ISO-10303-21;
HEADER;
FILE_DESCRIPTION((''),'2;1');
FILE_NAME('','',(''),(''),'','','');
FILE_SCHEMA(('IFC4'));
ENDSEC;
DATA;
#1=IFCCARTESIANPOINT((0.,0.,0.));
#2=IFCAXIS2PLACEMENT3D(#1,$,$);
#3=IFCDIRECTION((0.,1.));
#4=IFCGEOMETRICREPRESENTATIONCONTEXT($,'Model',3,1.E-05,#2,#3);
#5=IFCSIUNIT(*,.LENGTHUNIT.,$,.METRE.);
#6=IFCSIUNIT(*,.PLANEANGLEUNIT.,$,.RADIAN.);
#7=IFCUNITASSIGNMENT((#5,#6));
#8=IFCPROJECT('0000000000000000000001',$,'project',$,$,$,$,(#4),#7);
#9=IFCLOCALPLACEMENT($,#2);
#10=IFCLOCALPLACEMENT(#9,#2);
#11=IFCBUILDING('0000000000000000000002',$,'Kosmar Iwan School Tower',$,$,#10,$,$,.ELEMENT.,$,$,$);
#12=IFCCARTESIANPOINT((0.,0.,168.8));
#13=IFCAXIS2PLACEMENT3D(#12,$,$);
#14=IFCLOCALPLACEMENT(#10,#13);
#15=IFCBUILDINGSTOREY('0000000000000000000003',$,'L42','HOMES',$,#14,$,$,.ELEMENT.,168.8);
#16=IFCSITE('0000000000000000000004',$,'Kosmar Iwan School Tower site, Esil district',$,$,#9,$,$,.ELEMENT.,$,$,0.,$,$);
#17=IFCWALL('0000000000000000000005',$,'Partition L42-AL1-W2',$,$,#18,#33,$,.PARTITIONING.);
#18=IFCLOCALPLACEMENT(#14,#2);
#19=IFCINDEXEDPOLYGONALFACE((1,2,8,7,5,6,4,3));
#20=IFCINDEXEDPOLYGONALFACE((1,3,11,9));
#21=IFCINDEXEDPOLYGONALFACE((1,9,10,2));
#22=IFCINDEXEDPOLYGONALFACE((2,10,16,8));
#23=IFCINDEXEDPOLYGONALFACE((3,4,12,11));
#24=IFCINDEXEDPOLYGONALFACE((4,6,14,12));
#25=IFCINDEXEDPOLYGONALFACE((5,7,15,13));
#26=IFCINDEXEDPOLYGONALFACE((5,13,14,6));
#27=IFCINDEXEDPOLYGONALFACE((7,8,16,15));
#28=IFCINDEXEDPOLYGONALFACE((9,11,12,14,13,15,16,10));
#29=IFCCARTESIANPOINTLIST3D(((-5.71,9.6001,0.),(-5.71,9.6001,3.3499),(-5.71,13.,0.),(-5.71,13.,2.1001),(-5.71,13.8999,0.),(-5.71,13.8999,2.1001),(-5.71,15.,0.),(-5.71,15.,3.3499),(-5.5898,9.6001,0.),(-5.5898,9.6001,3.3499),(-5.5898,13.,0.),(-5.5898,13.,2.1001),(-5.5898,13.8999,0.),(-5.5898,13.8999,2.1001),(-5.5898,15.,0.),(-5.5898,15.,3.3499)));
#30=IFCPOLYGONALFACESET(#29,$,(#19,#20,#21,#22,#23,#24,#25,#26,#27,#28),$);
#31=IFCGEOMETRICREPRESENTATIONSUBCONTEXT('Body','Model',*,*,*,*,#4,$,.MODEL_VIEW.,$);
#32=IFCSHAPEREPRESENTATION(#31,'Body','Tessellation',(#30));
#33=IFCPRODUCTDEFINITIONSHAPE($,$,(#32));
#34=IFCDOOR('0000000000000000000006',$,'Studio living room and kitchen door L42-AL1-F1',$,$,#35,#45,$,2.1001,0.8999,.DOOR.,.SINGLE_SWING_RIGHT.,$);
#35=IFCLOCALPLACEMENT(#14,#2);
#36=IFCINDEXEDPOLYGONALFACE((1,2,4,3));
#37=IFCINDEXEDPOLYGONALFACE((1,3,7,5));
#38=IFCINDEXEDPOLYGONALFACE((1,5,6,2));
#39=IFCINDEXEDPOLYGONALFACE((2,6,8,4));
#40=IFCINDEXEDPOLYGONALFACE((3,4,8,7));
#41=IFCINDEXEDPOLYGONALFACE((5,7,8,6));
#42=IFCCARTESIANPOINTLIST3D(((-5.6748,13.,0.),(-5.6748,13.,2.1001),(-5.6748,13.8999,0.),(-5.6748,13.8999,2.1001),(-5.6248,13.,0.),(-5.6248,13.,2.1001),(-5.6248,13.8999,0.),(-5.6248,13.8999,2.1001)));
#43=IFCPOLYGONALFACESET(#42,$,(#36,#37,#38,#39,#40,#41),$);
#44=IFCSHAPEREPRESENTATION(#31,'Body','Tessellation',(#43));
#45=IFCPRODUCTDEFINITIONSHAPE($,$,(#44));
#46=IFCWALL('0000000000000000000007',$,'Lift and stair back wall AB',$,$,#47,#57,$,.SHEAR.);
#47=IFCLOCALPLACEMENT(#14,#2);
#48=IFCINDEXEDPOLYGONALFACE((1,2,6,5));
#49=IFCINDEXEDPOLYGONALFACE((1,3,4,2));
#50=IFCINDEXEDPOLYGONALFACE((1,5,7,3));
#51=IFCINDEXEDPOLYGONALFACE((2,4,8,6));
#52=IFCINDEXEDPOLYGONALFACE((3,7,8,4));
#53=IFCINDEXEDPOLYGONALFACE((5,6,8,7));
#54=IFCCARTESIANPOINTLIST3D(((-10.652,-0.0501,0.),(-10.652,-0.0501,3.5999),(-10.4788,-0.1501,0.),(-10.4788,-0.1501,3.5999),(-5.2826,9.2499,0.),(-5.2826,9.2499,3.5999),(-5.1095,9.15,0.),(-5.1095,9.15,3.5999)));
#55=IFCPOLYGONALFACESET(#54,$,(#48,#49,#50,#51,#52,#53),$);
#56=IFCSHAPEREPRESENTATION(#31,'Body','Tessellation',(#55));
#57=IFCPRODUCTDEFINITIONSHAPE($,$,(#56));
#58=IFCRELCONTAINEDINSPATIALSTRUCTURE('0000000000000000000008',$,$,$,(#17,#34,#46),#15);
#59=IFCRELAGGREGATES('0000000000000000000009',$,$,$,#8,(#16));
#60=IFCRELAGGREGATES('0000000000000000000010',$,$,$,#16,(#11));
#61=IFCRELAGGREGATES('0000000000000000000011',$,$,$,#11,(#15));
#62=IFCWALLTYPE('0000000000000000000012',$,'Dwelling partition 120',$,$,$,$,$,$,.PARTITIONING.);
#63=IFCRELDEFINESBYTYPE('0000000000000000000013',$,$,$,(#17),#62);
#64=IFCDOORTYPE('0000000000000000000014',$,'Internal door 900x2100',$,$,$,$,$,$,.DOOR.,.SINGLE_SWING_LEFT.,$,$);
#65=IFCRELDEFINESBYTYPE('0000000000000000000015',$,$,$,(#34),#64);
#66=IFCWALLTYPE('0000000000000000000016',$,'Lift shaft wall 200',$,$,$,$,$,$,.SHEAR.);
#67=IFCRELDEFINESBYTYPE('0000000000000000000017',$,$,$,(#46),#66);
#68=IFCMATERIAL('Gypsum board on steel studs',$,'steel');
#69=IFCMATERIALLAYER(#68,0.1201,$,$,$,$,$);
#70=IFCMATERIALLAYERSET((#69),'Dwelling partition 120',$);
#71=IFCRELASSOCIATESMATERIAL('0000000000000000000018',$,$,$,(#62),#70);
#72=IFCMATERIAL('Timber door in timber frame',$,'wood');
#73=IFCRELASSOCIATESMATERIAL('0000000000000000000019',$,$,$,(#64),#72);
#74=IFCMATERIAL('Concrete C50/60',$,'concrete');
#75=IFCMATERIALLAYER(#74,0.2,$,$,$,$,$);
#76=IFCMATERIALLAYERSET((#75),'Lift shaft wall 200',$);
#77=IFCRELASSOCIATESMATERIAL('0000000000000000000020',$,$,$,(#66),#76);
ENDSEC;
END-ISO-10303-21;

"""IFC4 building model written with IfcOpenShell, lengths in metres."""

from ifc_helpers import new_model, si_unit, direction, frame, frame_2d, origin, place, context, subcontext, project, spatial, rectangle, extrude, material, layer, layer_set, type_object, element, fill, save


model = new_model("IFC4")

# Units and contexts
model_context = context("Model", 3, precision=1e-05, world=origin(), true_north=direction((0.0, 1.0)))
body_context = subcontext(model_context, "Body", "Model", "MODEL_VIEW")
ifc_project = project(units=[si_unit("LENGTHUNIT", "METRE"), si_unit("PLANEANGLEUNIT", "RADIAN")], contexts=[model_context])

# Site, building, storey
site_placement = place(None, origin())
site = spatial("IfcSite", under=ifc_project, at=site_placement, Name="Kosmar Iwan School Tower site, Esil district", CompositionType="ELEMENT", RefElevation=0.0)
building_placement = place(site_placement, origin())
building = spatial("IfcBuilding", under=site, at=building_placement, Name="Kosmar Iwan School Tower", CompositionType="ELEMENT")
storey_placement = place(building_placement, frame((0.0, 0.0, 168.8)))
storey = spatial("IfcBuildingStorey", under=building, at=storey_placement, Name="L42", Description="HOMES", CompositionType="ELEMENT", Elevation=168.8)

# Shared definitions
ifc_material_1 = material(Name="Gypsum board on steel studs", Category="steel")
ifc_layer_1 = layer(ifc_material_1, 0.1201)
ifc_layer_set_1 = layer_set([ifc_layer_1], Name="Dwelling partition 120")
wall_type_1 = type_object("IfcWallType", Name="Dwelling partition 120", PredefinedType="PARTITIONING", material=ifc_layer_set_1)
ifc_material_2 = material(Name="Timber door in timber frame", Category="wood")
door_type_1 = type_object("IfcDoorType", Name="Internal door 900x2100", OperationType="SINGLE_SWING_LEFT", PredefinedType="DOOR", material=ifc_material_2)

# Wall, opening, door
wall_1_placement = place(storey_placement, frame((-5.6499, 9.6001, 0.0), z_axis=(0.0, 0.0, 1.0), x_axis=(0.0, 1.0, 0.0)))
wall_1 = element("IfcWall", 1, at=wall_1_placement, inside=storey, type_object=wall_type_1, Name="Partition L42-AL1-W2", PredefinedType="PARTITIONING", context=body_context, shape_type="SweptSolid", body=[
    extrude(rectangle(XDim=5.3999, YDim=0.1201, at=frame_2d((2.7, 0.0))), origin(), (0.0, 0.0, 1.0), 3.3499),
])
opening_1_placement = place(wall_1_placement, frame((3.3999, 0.0, 0.0)))
opening_1 = element("IfcOpeningElement", 2, at=opening_1_placement, cuts=wall_1, PredefinedType="OPENING", context=body_context, shape_type="SweptSolid", body=[
    extrude(rectangle(XDim=0.8999, YDim=2.1001, at=frame_2d((0.45, 1.05))), frame((0.0, 0.072, 0.0), z_axis=(0.0, -1.0, 0.0), x_axis=(1.0, 0.0, 0.0)), (0.0, 0.0, 1.0), 0.144),
])
door_1_placement = place(opening_1_placement, origin())
door_1 = element("IfcDoor", 3, at=door_1_placement, inside=storey, type_object=door_type_1, Name="Studio living room and kitchen door L42-AL1-F1", OperationType="SINGLE_SWING_RIGHT", OverallHeight=2.1001, OverallWidth=0.8999, PredefinedType="DOOR", context=body_context, shape_type="SweptSolid", body=[
    extrude(rectangle(XDim=0.8999, YDim=2.1001, at=frame_2d((0.45, 1.05))), frame((0.0, 0.0249, 0.0), z_axis=(0.0, -1.0, 0.0), x_axis=(1.0, 0.0, 0.0)), (0.0, 0.0, 1.0), 0.05),
])
fill(opening_1, door_1)

# Wall
ifc_material_3 = material(Name="Concrete C50/60", Category="concrete")
ifc_layer_2 = layer(ifc_material_3, 0.2)
ifc_layer_set_2 = layer_set([ifc_layer_2], Name="Lift shaft wall 200")
wall_type_2 = type_object("IfcWallType", Name="Lift shaft wall 200", PredefinedType="SHEAR", material=ifc_layer_set_2)
wall_2_placement = place(storey_placement, frame((-5.196, 9.2, 0.0), z_axis=(0.0, 0.0, 1.0), x_axis=(-0.5, -0.866025, 0.0)))
element("IfcWall", 4, at=wall_2_placement, inside=storey, type_object=wall_type_2, Name="Lift and stair back wall AB", PredefinedType="SHEAR", context=body_context, shape_type="SweptSolid", body=[
    extrude(rectangle(XDim=10.7388, YDim=0.2, at=frame_2d((5.3694, 0.0))), origin(), (0.0, 0.0, 1.0), 3.5999),
])

save(model, "model.ifc")
